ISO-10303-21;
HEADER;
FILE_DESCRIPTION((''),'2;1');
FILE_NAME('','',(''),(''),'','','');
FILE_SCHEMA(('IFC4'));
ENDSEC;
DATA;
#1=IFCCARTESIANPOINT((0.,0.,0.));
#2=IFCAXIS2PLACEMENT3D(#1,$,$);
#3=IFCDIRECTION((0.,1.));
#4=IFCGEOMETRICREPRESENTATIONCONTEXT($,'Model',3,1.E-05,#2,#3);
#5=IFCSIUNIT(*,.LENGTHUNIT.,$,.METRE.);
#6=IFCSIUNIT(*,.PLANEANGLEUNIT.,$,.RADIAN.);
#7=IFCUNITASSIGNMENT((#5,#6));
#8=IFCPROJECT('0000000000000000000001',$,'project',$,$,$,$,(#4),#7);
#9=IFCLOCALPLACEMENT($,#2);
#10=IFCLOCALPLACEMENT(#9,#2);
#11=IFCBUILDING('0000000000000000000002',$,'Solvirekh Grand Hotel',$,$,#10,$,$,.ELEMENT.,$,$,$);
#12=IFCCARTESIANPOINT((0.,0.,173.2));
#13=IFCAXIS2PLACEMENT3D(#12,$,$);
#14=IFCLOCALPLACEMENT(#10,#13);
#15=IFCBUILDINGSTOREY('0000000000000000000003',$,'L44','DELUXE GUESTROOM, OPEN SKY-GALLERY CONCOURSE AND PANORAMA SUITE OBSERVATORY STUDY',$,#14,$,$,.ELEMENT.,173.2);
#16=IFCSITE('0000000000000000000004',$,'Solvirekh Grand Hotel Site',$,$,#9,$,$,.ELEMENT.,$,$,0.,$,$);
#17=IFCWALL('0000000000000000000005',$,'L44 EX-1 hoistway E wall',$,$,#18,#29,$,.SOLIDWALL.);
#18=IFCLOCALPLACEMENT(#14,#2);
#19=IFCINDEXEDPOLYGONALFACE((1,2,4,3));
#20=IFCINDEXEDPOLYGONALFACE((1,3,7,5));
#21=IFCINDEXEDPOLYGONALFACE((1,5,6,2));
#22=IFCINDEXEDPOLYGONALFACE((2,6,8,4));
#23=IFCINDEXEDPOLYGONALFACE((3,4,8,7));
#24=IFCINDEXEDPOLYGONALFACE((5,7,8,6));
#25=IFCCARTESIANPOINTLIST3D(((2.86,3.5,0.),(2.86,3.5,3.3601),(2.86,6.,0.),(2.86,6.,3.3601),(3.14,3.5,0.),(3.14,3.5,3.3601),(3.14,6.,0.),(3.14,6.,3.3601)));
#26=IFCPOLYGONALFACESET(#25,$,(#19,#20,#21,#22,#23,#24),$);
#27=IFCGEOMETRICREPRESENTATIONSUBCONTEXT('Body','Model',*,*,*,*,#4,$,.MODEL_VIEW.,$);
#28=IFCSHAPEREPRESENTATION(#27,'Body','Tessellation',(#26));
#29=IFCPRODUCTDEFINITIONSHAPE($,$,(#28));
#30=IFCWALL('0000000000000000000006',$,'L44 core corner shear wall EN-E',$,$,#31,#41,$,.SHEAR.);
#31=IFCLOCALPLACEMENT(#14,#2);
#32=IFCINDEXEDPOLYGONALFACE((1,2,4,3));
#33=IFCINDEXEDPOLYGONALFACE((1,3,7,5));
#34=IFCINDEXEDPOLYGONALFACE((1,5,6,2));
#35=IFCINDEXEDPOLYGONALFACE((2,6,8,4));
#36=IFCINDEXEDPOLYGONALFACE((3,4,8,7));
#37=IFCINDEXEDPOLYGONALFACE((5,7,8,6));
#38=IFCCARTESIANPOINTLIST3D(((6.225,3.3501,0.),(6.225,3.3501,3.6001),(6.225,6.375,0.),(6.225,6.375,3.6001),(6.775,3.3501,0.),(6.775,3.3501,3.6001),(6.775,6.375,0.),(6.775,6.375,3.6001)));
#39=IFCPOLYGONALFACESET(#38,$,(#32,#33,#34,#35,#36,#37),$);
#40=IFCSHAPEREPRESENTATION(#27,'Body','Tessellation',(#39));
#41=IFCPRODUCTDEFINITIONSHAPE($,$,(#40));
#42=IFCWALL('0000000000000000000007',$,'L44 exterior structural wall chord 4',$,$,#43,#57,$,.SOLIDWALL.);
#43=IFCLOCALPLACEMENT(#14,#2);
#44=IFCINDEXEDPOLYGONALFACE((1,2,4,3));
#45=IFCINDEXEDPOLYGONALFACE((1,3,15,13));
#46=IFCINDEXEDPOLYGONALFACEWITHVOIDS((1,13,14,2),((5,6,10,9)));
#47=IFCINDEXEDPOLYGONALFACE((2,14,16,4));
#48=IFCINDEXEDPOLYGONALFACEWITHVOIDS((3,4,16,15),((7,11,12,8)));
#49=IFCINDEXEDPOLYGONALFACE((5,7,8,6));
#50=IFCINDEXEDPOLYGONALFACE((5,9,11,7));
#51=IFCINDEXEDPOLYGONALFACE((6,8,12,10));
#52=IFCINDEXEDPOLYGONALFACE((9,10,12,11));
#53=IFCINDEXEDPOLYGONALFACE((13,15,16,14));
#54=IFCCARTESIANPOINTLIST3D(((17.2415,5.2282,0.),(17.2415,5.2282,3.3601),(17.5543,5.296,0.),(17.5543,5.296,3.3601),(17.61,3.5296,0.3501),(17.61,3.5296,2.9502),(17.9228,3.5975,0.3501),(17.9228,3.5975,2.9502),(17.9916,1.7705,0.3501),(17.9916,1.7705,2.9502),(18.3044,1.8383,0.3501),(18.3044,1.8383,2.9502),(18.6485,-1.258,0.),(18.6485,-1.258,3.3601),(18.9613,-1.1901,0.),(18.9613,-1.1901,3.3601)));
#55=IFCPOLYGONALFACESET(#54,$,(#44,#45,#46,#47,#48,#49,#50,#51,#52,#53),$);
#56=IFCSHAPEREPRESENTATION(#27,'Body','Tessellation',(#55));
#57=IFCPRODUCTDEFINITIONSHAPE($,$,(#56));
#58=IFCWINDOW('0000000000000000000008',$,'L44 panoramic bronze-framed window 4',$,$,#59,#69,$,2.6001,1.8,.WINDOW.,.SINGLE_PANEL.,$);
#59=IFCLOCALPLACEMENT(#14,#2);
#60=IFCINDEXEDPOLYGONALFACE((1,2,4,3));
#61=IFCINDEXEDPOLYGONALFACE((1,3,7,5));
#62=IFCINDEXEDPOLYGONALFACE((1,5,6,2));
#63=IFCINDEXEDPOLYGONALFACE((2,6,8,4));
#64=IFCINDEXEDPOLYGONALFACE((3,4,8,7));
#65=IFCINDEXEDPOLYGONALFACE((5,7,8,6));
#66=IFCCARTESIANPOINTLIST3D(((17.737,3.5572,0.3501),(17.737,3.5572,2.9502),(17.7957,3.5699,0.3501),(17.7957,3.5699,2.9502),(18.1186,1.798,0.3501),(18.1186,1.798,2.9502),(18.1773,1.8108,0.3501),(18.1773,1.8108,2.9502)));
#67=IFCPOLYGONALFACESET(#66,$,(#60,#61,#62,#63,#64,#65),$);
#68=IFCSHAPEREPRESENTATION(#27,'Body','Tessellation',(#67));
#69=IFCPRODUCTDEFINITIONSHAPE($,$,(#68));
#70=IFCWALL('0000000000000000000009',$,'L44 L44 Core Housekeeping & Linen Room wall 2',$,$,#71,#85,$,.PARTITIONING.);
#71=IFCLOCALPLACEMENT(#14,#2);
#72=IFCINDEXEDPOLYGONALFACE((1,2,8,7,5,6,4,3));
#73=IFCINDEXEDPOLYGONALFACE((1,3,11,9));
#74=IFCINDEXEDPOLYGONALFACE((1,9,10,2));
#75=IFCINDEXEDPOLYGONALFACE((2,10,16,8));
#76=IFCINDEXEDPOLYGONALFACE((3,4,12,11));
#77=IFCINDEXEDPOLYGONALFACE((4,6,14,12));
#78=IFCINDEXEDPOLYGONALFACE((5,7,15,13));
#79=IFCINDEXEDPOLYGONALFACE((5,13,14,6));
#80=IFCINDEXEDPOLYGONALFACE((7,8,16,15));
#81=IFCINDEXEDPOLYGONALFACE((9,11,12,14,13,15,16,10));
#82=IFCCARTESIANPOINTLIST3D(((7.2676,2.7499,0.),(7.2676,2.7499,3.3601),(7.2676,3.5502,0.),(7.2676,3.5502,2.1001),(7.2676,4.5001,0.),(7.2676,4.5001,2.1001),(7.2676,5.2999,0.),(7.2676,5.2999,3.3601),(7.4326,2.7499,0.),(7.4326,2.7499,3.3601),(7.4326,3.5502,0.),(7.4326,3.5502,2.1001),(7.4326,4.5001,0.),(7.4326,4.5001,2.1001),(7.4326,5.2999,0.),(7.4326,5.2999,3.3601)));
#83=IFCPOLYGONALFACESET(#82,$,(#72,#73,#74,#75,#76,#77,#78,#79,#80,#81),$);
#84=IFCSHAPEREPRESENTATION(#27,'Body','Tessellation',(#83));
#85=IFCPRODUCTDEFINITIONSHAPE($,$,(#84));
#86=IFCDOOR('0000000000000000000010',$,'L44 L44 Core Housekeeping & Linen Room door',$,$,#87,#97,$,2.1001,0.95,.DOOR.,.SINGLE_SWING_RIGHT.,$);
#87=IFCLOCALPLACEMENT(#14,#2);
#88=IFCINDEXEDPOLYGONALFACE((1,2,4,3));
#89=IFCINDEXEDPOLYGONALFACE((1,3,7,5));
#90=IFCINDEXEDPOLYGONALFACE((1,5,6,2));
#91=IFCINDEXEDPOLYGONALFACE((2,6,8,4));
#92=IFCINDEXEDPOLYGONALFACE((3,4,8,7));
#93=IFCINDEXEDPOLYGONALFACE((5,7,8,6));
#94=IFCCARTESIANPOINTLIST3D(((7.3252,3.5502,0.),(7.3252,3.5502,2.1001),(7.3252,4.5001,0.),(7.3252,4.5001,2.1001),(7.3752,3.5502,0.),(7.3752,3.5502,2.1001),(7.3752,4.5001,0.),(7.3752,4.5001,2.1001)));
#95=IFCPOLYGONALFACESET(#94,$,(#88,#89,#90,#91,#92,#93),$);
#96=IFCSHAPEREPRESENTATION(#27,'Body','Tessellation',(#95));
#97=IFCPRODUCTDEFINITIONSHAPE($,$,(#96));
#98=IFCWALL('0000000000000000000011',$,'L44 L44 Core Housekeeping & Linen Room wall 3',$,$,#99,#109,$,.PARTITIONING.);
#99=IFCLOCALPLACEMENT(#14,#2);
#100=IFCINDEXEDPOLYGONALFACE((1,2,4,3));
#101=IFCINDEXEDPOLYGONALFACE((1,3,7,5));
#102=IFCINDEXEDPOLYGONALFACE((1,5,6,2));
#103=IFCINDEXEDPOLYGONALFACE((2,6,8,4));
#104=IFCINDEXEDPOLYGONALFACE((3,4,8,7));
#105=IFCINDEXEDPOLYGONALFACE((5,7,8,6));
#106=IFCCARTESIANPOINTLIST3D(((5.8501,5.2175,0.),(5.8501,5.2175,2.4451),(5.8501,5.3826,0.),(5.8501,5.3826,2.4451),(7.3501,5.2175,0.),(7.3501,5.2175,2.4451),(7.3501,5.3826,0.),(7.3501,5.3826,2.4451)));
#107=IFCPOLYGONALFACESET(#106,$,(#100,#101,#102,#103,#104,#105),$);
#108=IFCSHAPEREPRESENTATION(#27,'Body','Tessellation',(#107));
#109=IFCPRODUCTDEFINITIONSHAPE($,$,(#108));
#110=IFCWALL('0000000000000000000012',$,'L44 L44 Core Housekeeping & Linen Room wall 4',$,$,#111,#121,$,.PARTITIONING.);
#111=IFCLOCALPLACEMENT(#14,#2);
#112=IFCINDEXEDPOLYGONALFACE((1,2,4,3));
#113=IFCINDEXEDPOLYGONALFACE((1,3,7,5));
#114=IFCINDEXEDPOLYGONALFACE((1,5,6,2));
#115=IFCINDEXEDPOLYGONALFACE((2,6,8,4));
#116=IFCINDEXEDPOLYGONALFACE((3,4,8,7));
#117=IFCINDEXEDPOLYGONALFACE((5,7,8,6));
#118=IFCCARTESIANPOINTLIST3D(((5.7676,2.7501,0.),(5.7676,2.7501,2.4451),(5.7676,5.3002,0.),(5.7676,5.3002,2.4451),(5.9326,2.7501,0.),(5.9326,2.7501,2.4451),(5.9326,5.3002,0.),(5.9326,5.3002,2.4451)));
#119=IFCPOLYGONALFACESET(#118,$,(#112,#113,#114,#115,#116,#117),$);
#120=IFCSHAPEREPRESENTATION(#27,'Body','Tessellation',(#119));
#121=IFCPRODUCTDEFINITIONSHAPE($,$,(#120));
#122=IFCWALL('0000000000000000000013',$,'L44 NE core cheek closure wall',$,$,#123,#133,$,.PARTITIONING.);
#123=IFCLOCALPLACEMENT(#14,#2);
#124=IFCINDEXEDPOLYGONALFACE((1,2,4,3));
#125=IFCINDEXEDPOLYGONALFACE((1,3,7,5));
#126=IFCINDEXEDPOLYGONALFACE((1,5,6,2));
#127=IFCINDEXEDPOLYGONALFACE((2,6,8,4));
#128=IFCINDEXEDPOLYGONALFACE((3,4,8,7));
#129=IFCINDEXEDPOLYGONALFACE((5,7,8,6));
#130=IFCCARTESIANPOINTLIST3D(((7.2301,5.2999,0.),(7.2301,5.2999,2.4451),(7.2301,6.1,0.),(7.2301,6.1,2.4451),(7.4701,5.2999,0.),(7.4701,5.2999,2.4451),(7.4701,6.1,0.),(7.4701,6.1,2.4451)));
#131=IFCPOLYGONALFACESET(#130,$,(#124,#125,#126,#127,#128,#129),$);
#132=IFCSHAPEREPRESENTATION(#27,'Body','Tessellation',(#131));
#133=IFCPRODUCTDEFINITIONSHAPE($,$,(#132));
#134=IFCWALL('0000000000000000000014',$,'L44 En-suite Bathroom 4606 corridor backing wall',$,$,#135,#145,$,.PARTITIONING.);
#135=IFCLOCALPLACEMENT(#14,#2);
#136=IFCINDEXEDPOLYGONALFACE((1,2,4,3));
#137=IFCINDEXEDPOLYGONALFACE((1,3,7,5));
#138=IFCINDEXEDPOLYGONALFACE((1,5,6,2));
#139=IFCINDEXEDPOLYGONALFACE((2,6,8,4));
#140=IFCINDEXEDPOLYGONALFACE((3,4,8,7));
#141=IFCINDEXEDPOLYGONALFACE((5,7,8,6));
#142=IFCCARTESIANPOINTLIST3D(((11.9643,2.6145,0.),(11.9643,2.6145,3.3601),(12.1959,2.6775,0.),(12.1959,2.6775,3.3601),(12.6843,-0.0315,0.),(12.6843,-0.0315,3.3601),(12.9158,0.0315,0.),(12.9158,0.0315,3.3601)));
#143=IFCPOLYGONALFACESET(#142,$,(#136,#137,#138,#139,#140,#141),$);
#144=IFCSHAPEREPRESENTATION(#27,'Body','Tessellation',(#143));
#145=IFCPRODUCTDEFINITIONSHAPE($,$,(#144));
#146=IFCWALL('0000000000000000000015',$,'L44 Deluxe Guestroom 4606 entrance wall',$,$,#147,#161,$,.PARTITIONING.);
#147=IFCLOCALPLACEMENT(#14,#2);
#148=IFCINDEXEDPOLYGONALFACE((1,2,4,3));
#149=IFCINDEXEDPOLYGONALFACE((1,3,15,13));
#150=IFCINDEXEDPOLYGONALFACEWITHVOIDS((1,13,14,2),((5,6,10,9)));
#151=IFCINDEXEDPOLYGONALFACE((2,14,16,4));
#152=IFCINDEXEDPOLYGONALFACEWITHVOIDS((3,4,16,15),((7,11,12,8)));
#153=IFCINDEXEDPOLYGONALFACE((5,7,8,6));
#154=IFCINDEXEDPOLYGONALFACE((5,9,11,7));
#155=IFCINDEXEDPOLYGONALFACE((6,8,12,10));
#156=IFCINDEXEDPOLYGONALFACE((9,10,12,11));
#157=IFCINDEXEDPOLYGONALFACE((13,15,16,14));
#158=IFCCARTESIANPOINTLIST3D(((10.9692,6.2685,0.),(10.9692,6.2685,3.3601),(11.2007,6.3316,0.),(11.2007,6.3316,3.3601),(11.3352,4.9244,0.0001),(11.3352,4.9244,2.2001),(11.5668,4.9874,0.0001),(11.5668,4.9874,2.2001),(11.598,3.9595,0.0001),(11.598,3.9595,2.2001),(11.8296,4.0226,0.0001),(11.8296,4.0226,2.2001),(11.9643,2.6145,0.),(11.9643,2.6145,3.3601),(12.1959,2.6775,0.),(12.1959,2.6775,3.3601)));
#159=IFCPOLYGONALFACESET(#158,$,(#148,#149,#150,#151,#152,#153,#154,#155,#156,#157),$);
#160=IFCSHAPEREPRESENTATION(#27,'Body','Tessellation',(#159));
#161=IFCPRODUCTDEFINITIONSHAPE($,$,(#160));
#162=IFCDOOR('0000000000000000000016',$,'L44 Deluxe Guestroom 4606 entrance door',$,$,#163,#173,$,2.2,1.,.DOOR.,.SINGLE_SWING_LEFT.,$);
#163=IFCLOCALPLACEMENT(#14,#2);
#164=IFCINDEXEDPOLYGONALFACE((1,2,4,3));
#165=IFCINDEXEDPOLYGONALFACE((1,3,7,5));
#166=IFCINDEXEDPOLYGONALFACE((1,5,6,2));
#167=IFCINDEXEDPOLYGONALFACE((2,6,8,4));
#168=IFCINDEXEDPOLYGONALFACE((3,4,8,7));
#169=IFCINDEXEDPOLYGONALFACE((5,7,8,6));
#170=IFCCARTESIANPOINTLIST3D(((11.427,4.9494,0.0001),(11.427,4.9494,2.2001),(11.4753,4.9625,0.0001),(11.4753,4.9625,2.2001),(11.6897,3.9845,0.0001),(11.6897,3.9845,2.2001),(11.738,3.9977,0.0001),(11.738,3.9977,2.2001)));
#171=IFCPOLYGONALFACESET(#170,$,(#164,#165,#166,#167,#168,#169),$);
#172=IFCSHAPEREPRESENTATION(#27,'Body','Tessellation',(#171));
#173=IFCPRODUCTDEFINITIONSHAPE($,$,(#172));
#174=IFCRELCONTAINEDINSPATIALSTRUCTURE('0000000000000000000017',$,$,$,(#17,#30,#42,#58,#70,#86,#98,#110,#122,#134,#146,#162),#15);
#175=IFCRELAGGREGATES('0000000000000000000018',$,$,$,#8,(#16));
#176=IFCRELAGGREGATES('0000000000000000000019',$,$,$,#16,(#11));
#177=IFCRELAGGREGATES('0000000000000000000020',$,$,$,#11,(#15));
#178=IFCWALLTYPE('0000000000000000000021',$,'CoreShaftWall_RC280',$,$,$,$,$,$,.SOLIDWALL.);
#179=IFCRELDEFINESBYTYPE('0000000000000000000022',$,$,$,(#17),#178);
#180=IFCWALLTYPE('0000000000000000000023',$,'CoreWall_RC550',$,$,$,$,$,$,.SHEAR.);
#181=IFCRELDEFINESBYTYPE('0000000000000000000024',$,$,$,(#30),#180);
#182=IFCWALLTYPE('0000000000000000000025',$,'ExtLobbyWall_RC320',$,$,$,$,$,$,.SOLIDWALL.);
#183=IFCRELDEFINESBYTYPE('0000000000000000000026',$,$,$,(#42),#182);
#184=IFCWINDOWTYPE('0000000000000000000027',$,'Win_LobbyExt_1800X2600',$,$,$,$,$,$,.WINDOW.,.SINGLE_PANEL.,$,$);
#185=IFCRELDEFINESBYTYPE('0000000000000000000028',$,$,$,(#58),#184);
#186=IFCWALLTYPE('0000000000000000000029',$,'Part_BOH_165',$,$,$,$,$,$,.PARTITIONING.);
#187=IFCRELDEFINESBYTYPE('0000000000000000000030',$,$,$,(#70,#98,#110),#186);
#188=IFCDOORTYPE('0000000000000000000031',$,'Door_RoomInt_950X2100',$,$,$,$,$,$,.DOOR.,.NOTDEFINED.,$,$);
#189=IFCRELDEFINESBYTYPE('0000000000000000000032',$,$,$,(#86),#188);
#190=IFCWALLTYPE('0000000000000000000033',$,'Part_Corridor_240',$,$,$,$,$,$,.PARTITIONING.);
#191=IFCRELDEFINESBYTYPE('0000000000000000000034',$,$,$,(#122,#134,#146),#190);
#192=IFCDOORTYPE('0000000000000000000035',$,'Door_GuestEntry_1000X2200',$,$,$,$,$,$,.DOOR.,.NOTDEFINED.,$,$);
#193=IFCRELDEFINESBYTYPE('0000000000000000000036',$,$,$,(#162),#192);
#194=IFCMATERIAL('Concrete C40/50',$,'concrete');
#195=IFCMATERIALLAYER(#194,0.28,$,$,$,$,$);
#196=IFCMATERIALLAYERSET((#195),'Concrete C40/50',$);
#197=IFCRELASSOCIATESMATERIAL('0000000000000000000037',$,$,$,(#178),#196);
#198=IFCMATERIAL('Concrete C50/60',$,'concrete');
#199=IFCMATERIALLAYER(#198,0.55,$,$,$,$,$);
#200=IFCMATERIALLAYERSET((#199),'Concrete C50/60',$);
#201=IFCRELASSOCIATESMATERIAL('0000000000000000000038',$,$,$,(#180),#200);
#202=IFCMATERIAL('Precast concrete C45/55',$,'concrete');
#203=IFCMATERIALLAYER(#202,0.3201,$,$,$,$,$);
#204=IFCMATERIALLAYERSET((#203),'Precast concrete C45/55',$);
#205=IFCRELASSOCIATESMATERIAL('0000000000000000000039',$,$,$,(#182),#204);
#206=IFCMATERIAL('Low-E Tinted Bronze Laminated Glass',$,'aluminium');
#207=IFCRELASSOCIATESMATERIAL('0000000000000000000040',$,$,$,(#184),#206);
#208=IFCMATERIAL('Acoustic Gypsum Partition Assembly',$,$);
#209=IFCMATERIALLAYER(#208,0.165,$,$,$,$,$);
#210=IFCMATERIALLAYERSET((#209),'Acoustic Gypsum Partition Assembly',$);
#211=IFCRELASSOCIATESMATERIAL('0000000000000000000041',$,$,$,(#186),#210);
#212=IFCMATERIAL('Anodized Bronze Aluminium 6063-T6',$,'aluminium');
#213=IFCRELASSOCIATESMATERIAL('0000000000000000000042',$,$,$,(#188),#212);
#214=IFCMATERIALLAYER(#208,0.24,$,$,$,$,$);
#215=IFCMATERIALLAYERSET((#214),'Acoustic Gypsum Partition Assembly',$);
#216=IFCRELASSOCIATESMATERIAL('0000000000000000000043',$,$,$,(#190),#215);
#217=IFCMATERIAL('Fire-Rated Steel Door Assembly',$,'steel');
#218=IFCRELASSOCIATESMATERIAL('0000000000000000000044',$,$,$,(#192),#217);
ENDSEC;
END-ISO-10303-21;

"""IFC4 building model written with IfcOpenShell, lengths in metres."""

from ifc_helpers import new_model, si_unit, direction, frame, frame_2d, origin, place, context, subcontext, project, spatial, rectangle, extrude, material, layer, layer_set, type_object, element, fill, save


model = new_model("IFC4")

# Units and contexts
model_context = context("Model", 3, precision=1e-05, world=origin(), true_north=direction((0.0, 1.0)))
body_context = subcontext(model_context, "Body", "Model", "MODEL_VIEW")
ifc_project = project(units=[si_unit("LENGTHUNIT", "METRE"), si_unit("PLANEANGLEUNIT", "RADIAN")], contexts=[model_context])

# Site, building, storey
site_placement = place(None, origin())
site = spatial("IfcSite", under=ifc_project, at=site_placement, Name="Solvirekh Grand Hotel Site", CompositionType="ELEMENT", RefElevation=0.0)
building_placement = place(site_placement, origin())
building = spatial("IfcBuilding", under=site, at=building_placement, Name="Solvirekh Grand Hotel", CompositionType="ELEMENT")
storey_placement = place(building_placement, frame((0.0, 0.0, 173.2)))
storey = spatial("IfcBuildingStorey", under=building, at=storey_placement, Name="L44", Description="DELUXE GUESTROOM, OPEN SKY-GALLERY CONCOURSE AND PANORAMA SUITE OBSERVATORY STUDY", CompositionType="ELEMENT", Elevation=173.2)

# Walls
ifc_material_1 = material(Name="Concrete C40/50", Category="concrete")
ifc_layer_1 = layer(ifc_material_1, 0.28)
ifc_layer_set_1 = layer_set([ifc_layer_1], Name="Concrete C40/50")
wall_type_1 = type_object("IfcWallType", Name="CoreShaftWall_RC280", PredefinedType="SOLIDWALL", material=ifc_layer_set_1)
wall_1_placement = place(storey_placement, frame((3.0, 3.5, 0.0), z_axis=(0.0, 0.0, 1.0), x_axis=(0.0, 1.0, 0.0)))
element("IfcWall", 1, at=wall_1_placement, inside=storey, type_object=wall_type_1, Name="L44 EX-1 hoistway E wall", PredefinedType="SOLIDWALL", context=body_context, shape_type="SweptSolid", body=[
    extrude(rectangle(XDim=2.5, YDim=0.28, at=frame_2d((1.25, 0.0))), origin(), (0.0, 0.0, 1.0), 3.3601),
])
ifc_material_2 = material(Name="Concrete C50/60", Category="concrete")
ifc_layer_2 = layer(ifc_material_2, 0.55)
ifc_layer_set_2 = layer_set([ifc_layer_2], Name="Concrete C50/60")
wall_type_2 = type_object("IfcWallType", Name="CoreWall_RC550", PredefinedType="SHEAR", material=ifc_layer_set_2)
wall_2_placement = place(storey_placement, frame((6.5, 3.3501, 0.0), z_axis=(0.0, 0.0, 1.0), x_axis=(0.0, 1.0, 0.0)))
element("IfcWall", 2, at=wall_2_placement, inside=storey, type_object=wall_type_2, Name="L44 core corner shear wall EN-E", PredefinedType="SHEAR", context=body_context, shape_type="SweptSolid", body=[
    extrude(rectangle(XDim=3.0249, YDim=0.55, at=frame_2d((1.5125, 0.0))), origin(), (0.0, 0.0, 1.0), 3.6001),
])

# Wall, opening, window
ifc_material_3 = material(Name="Precast concrete C45/55", Category="concrete")
ifc_layer_3 = layer(ifc_material_3, 0.3201)
ifc_layer_set_3 = layer_set([ifc_layer_3], Name="Precast concrete C45/55")
wall_type_3 = type_object("IfcWallType", Name="ExtLobbyWall_RC320", PredefinedType="SOLIDWALL", material=ifc_layer_set_3)
wall_3_placement = place(storey_placement, frame((17.3979, 5.262, 0.0), z_axis=(0.0, 0.0, 1.0), x_axis=(0.211993, -0.977271, 0.0)))
wall_3 = element("IfcWall", 3, at=wall_3_placement, inside=storey, type_object=wall_type_3, Name="L44 exterior structural wall chord 4", PredefinedType="SOLIDWALL", context=body_context, shape_type="SweptSolid", body=[
    extrude(rectangle(XDim=6.637, YDim=0.3201, at=frame_2d((3.3184, 0.0))), origin(), (0.0, 0.0, 1.0), 3.3601),
])
opening_1_placement = place(wall_3_placement, frame((1.738, 0.0, 0.3501)))
opening_1 = element("IfcOpeningElement", 4, at=opening_1_placement, cuts=wall_3, PredefinedType="OPENING", context=body_context, shape_type="SweptSolid", body=[
    extrude(rectangle(XDim=1.8, YDim=2.6001, at=frame_2d((0.8999, 1.3))), frame((0.0, 0.1699, 0.0), z_axis=(0.0, -1.0, 0.0), x_axis=(1.0, 0.0, 0.0)), (0.0, 0.0, 1.0), 0.3401),
])
ifc_material_4 = material(Name="Low-E Tinted Bronze Laminated Glass", Category="aluminium")
window_type = type_object("IfcWindowType", Name="Win_LobbyExt_1800X2600", PartitioningType="SINGLE_PANEL", PredefinedType="WINDOW", material=ifc_material_4)
window_placement = place(opening_1_placement, origin())
window = element("IfcWindow", 5, at=window_placement, inside=storey, type_object=window_type, Name="L44 panoramic bronze-framed window 4", OverallHeight=2.6001, OverallWidth=1.8, PartitioningType="SINGLE_PANEL", PredefinedType="WINDOW", context=body_context, shape_type="SweptSolid", body=[
    extrude(rectangle(XDim=1.8, YDim=2.6001, at=frame_2d((0.8999, 1.3))), frame((0.0, 0.03, 0.0), z_axis=(0.0, -1.0, 0.0), x_axis=(1.0, 0.0, 0.0)), (0.0, 0.0, 1.0), 0.0601),
])
fill(opening_1, window)

# Wall, opening, door
ifc_material_5 = material(Name="Acoustic Gypsum Partition Assembly")
ifc_layer_4 = layer(ifc_material_5, 0.165)
ifc_layer_set_4 = layer_set([ifc_layer_4], Name="Acoustic Gypsum Partition Assembly")
wall_type_4 = type_object("IfcWallType", Name="Part_BOH_165", PredefinedType="PARTITIONING", material=ifc_layer_set_4)
wall_4_placement = place(storey_placement, frame((7.3501, 2.75, 0.0), z_axis=(0.0, 0.0, 1.0), x_axis=(0.0, 1.0, 0.0)))
wall_4 = element("IfcWall", 6, at=wall_4_placement, inside=storey, type_object=wall_type_4, Name="L44 L44 Core Housekeeping & Linen Room wall 2", PredefinedType="PARTITIONING", context=body_context, shape_type="SweptSolid", body=[
    extrude(rectangle(XDim=2.55, YDim=0.165, at=frame_2d((1.2749, 0.0))), origin(), (0.0, 0.0, 1.0), 3.3601),
])
opening_2_placement = place(wall_4_placement, frame((0.8, 0.0, 0.0)))
opening_2 = element("IfcOpeningElement", 7, at=opening_2_placement, cuts=wall_4, PredefinedType="OPENING", context=body_context, shape_type="SweptSolid", body=[
    extrude(rectangle(XDim=0.95, YDim=2.1001, at=frame_2d((0.4751, 1.05))), frame((0.0, 0.0925, 0.0), z_axis=(0.0, -1.0, 0.0), x_axis=(1.0, 0.0, 0.0)), (0.0, 0.0, 1.0), 0.1851),
])
ifc_material_6 = material(Name="Anodized Bronze Aluminium 6063-T6", Category="aluminium")
door_type_1 = type_object("IfcDoorType", Name="Door_RoomInt_950X2100", OperationType="NOTDEFINED", PredefinedType="DOOR", material=ifc_material_6)
door_1_placement = place(opening_2_placement, origin())
door_1 = element("IfcDoor", 8, at=door_1_placement, inside=storey, type_object=door_type_1, Name="L44 L44 Core Housekeeping & Linen Room door", OperationType="SINGLE_SWING_RIGHT", OverallHeight=2.1001, OverallWidth=0.95, PredefinedType="DOOR", context=body_context, shape_type="SweptSolid", body=[
    extrude(rectangle(XDim=0.95, YDim=2.1001, at=frame_2d((0.4751, 1.05))), frame((0.0, 0.0249, 0.0), z_axis=(0.0, -1.0, 0.0), x_axis=(1.0, 0.0, 0.0)), (0.0, 0.0, 1.0), 0.05),
])
fill(opening_2, door_1)

# Walls
wall_5_placement = place(storey_placement, frame((7.3501, 5.3, 0.0), z_axis=(0.0, 0.0, 1.0), x_axis=(-1.0, 0.0, 0.0)))
element("IfcWall", 9, at=wall_5_placement, inside=storey, type_object=wall_type_4, Name="L44 L44 Core Housekeeping & Linen Room wall 3", PredefinedType="PARTITIONING", context=body_context, shape_type="SweptSolid", body=[
    extrude(rectangle(XDim=1.5, YDim=0.165, at=frame_2d((0.75, 0.0))), origin(), (0.0, 0.0, 1.0), 2.4451),
])
wall_6_placement = place(storey_placement, frame((5.8501, 5.3, 0.0), z_axis=(0.0, 0.0, 1.0), x_axis=(0.0, -1.0, 0.0)))
element("IfcWall", 10, at=wall_6_placement, inside=storey, type_object=wall_type_4, Name="L44 L44 Core Housekeeping & Linen Room wall 4", PredefinedType="PARTITIONING", context=body_context, shape_type="SweptSolid", body=[
    extrude(rectangle(XDim=2.55, YDim=0.165, at=frame_2d((1.2749, 0.0))), origin(), (0.0, 0.0, 1.0), 2.4451),
])
ifc_layer_5 = layer(ifc_material_5, 0.24)
ifc_layer_set_5 = layer_set([ifc_layer_5], Name="Acoustic Gypsum Partition Assembly")
wall_type_5 = type_object("IfcWallType", Name="Part_Corridor_240", PredefinedType="PARTITIONING", material=ifc_layer_set_5)
wall_7_placement = place(storey_placement, frame((7.3501, 5.3, 0.0), z_axis=(0.0, 0.0, 1.0), x_axis=(0.0, 1.0, 0.0)))
element("IfcWall", 11, at=wall_7_placement, inside=storey, type_object=wall_type_5, Name="L44 NE core cheek closure wall", PredefinedType="PARTITIONING", context=body_context, shape_type="SweptSolid", body=[
    extrude(rectangle(XDim=0.8, YDim=0.24, at=frame_2d((0.3999, 0.0))), origin(), (0.0, 0.0, 1.0), 2.4451),
])
wall_8_placement = place(storey_placement, frame((12.8, 0.0, 0.0), z_axis=(0.0, 0.0, 1.0), x_axis=(-0.262552, 0.964918, 0.0)))
element("IfcWall", 12, at=wall_8_placement, inside=storey, type_object=wall_type_5, Name="L44 En-suite Bathroom 4606 corridor backing wall", PredefinedType="PARTITIONING", context=body_context, shape_type="SweptSolid", body=[
    extrude(rectangle(XDim=2.7422, YDim=0.24, at=frame_2d((1.3711, 0.0))), origin(), (0.0, 0.0, 1.0), 3.3601),
])

# Wall, opening, door
wall_9_placement = place(storey_placement, frame((12.0801, 2.646, 0.0), z_axis=(0.0, 0.0, 1.0), x_axis=(-0.262763, 0.96486, 0.0)))
wall_9 = element("IfcWall", 13, at=wall_9_placement, inside=storey, type_object=wall_type_5, Name="L44 Deluxe Guestroom 4606 entrance wall", PredefinedType="PARTITIONING", context=body_context, shape_type="SweptSolid", body=[
    extrude(rectangle(XDim=3.7871, YDim=0.24, at=frame_2d((1.8936, 0.0))), origin(), (0.0, 0.0, 1.0), 3.3601),
])
opening_3_placement = place(wall_9_placement, frame((1.394, 0.0, 0.0)))
opening_3 = element("IfcOpeningElement", 14, at=opening_3_placement, cuts=wall_9, PredefinedType="OPENING", context=body_context, shape_type="SweptSolid", body=[
    extrude(rectangle(XDim=1.0, YDim=2.2, at=frame_2d((0.5, 1.1001))), frame((0.0, 0.1299, 0.0), z_axis=(0.0, -1.0, 0.0), x_axis=(1.0, 0.0, 0.0)), (0.0, 0.0, 1.0), 0.26),
])
ifc_material_7 = material(Name="Fire-Rated Steel Door Assembly", Category="steel")
door_type_2 = type_object("IfcDoorType", Name="Door_GuestEntry_1000X2200", OperationType="NOTDEFINED", PredefinedType="DOOR", material=ifc_material_7)
door_2_placement = place(opening_3_placement, origin())
door_2 = element("IfcDoor", 15, at=door_2_placement, inside=storey, type_object=door_type_2, Name="L44 Deluxe Guestroom 4606 entrance door", OperationType="SINGLE_SWING_LEFT", OverallHeight=2.2, OverallWidth=1.0, PredefinedType="DOOR", context=body_context, shape_type="SweptSolid", body=[
    extrude(rectangle(XDim=1.0, YDim=2.2, at=frame_2d((0.5, 1.1001))), frame((0.0, 0.0249, 0.0), z_axis=(0.0, -1.0, 0.0), x_axis=(1.0, 0.0, 0.0)), (0.0, 0.0, 1.0), 0.05),
])
fill(opening_3, door_2)

save(model, "model.ifc")
